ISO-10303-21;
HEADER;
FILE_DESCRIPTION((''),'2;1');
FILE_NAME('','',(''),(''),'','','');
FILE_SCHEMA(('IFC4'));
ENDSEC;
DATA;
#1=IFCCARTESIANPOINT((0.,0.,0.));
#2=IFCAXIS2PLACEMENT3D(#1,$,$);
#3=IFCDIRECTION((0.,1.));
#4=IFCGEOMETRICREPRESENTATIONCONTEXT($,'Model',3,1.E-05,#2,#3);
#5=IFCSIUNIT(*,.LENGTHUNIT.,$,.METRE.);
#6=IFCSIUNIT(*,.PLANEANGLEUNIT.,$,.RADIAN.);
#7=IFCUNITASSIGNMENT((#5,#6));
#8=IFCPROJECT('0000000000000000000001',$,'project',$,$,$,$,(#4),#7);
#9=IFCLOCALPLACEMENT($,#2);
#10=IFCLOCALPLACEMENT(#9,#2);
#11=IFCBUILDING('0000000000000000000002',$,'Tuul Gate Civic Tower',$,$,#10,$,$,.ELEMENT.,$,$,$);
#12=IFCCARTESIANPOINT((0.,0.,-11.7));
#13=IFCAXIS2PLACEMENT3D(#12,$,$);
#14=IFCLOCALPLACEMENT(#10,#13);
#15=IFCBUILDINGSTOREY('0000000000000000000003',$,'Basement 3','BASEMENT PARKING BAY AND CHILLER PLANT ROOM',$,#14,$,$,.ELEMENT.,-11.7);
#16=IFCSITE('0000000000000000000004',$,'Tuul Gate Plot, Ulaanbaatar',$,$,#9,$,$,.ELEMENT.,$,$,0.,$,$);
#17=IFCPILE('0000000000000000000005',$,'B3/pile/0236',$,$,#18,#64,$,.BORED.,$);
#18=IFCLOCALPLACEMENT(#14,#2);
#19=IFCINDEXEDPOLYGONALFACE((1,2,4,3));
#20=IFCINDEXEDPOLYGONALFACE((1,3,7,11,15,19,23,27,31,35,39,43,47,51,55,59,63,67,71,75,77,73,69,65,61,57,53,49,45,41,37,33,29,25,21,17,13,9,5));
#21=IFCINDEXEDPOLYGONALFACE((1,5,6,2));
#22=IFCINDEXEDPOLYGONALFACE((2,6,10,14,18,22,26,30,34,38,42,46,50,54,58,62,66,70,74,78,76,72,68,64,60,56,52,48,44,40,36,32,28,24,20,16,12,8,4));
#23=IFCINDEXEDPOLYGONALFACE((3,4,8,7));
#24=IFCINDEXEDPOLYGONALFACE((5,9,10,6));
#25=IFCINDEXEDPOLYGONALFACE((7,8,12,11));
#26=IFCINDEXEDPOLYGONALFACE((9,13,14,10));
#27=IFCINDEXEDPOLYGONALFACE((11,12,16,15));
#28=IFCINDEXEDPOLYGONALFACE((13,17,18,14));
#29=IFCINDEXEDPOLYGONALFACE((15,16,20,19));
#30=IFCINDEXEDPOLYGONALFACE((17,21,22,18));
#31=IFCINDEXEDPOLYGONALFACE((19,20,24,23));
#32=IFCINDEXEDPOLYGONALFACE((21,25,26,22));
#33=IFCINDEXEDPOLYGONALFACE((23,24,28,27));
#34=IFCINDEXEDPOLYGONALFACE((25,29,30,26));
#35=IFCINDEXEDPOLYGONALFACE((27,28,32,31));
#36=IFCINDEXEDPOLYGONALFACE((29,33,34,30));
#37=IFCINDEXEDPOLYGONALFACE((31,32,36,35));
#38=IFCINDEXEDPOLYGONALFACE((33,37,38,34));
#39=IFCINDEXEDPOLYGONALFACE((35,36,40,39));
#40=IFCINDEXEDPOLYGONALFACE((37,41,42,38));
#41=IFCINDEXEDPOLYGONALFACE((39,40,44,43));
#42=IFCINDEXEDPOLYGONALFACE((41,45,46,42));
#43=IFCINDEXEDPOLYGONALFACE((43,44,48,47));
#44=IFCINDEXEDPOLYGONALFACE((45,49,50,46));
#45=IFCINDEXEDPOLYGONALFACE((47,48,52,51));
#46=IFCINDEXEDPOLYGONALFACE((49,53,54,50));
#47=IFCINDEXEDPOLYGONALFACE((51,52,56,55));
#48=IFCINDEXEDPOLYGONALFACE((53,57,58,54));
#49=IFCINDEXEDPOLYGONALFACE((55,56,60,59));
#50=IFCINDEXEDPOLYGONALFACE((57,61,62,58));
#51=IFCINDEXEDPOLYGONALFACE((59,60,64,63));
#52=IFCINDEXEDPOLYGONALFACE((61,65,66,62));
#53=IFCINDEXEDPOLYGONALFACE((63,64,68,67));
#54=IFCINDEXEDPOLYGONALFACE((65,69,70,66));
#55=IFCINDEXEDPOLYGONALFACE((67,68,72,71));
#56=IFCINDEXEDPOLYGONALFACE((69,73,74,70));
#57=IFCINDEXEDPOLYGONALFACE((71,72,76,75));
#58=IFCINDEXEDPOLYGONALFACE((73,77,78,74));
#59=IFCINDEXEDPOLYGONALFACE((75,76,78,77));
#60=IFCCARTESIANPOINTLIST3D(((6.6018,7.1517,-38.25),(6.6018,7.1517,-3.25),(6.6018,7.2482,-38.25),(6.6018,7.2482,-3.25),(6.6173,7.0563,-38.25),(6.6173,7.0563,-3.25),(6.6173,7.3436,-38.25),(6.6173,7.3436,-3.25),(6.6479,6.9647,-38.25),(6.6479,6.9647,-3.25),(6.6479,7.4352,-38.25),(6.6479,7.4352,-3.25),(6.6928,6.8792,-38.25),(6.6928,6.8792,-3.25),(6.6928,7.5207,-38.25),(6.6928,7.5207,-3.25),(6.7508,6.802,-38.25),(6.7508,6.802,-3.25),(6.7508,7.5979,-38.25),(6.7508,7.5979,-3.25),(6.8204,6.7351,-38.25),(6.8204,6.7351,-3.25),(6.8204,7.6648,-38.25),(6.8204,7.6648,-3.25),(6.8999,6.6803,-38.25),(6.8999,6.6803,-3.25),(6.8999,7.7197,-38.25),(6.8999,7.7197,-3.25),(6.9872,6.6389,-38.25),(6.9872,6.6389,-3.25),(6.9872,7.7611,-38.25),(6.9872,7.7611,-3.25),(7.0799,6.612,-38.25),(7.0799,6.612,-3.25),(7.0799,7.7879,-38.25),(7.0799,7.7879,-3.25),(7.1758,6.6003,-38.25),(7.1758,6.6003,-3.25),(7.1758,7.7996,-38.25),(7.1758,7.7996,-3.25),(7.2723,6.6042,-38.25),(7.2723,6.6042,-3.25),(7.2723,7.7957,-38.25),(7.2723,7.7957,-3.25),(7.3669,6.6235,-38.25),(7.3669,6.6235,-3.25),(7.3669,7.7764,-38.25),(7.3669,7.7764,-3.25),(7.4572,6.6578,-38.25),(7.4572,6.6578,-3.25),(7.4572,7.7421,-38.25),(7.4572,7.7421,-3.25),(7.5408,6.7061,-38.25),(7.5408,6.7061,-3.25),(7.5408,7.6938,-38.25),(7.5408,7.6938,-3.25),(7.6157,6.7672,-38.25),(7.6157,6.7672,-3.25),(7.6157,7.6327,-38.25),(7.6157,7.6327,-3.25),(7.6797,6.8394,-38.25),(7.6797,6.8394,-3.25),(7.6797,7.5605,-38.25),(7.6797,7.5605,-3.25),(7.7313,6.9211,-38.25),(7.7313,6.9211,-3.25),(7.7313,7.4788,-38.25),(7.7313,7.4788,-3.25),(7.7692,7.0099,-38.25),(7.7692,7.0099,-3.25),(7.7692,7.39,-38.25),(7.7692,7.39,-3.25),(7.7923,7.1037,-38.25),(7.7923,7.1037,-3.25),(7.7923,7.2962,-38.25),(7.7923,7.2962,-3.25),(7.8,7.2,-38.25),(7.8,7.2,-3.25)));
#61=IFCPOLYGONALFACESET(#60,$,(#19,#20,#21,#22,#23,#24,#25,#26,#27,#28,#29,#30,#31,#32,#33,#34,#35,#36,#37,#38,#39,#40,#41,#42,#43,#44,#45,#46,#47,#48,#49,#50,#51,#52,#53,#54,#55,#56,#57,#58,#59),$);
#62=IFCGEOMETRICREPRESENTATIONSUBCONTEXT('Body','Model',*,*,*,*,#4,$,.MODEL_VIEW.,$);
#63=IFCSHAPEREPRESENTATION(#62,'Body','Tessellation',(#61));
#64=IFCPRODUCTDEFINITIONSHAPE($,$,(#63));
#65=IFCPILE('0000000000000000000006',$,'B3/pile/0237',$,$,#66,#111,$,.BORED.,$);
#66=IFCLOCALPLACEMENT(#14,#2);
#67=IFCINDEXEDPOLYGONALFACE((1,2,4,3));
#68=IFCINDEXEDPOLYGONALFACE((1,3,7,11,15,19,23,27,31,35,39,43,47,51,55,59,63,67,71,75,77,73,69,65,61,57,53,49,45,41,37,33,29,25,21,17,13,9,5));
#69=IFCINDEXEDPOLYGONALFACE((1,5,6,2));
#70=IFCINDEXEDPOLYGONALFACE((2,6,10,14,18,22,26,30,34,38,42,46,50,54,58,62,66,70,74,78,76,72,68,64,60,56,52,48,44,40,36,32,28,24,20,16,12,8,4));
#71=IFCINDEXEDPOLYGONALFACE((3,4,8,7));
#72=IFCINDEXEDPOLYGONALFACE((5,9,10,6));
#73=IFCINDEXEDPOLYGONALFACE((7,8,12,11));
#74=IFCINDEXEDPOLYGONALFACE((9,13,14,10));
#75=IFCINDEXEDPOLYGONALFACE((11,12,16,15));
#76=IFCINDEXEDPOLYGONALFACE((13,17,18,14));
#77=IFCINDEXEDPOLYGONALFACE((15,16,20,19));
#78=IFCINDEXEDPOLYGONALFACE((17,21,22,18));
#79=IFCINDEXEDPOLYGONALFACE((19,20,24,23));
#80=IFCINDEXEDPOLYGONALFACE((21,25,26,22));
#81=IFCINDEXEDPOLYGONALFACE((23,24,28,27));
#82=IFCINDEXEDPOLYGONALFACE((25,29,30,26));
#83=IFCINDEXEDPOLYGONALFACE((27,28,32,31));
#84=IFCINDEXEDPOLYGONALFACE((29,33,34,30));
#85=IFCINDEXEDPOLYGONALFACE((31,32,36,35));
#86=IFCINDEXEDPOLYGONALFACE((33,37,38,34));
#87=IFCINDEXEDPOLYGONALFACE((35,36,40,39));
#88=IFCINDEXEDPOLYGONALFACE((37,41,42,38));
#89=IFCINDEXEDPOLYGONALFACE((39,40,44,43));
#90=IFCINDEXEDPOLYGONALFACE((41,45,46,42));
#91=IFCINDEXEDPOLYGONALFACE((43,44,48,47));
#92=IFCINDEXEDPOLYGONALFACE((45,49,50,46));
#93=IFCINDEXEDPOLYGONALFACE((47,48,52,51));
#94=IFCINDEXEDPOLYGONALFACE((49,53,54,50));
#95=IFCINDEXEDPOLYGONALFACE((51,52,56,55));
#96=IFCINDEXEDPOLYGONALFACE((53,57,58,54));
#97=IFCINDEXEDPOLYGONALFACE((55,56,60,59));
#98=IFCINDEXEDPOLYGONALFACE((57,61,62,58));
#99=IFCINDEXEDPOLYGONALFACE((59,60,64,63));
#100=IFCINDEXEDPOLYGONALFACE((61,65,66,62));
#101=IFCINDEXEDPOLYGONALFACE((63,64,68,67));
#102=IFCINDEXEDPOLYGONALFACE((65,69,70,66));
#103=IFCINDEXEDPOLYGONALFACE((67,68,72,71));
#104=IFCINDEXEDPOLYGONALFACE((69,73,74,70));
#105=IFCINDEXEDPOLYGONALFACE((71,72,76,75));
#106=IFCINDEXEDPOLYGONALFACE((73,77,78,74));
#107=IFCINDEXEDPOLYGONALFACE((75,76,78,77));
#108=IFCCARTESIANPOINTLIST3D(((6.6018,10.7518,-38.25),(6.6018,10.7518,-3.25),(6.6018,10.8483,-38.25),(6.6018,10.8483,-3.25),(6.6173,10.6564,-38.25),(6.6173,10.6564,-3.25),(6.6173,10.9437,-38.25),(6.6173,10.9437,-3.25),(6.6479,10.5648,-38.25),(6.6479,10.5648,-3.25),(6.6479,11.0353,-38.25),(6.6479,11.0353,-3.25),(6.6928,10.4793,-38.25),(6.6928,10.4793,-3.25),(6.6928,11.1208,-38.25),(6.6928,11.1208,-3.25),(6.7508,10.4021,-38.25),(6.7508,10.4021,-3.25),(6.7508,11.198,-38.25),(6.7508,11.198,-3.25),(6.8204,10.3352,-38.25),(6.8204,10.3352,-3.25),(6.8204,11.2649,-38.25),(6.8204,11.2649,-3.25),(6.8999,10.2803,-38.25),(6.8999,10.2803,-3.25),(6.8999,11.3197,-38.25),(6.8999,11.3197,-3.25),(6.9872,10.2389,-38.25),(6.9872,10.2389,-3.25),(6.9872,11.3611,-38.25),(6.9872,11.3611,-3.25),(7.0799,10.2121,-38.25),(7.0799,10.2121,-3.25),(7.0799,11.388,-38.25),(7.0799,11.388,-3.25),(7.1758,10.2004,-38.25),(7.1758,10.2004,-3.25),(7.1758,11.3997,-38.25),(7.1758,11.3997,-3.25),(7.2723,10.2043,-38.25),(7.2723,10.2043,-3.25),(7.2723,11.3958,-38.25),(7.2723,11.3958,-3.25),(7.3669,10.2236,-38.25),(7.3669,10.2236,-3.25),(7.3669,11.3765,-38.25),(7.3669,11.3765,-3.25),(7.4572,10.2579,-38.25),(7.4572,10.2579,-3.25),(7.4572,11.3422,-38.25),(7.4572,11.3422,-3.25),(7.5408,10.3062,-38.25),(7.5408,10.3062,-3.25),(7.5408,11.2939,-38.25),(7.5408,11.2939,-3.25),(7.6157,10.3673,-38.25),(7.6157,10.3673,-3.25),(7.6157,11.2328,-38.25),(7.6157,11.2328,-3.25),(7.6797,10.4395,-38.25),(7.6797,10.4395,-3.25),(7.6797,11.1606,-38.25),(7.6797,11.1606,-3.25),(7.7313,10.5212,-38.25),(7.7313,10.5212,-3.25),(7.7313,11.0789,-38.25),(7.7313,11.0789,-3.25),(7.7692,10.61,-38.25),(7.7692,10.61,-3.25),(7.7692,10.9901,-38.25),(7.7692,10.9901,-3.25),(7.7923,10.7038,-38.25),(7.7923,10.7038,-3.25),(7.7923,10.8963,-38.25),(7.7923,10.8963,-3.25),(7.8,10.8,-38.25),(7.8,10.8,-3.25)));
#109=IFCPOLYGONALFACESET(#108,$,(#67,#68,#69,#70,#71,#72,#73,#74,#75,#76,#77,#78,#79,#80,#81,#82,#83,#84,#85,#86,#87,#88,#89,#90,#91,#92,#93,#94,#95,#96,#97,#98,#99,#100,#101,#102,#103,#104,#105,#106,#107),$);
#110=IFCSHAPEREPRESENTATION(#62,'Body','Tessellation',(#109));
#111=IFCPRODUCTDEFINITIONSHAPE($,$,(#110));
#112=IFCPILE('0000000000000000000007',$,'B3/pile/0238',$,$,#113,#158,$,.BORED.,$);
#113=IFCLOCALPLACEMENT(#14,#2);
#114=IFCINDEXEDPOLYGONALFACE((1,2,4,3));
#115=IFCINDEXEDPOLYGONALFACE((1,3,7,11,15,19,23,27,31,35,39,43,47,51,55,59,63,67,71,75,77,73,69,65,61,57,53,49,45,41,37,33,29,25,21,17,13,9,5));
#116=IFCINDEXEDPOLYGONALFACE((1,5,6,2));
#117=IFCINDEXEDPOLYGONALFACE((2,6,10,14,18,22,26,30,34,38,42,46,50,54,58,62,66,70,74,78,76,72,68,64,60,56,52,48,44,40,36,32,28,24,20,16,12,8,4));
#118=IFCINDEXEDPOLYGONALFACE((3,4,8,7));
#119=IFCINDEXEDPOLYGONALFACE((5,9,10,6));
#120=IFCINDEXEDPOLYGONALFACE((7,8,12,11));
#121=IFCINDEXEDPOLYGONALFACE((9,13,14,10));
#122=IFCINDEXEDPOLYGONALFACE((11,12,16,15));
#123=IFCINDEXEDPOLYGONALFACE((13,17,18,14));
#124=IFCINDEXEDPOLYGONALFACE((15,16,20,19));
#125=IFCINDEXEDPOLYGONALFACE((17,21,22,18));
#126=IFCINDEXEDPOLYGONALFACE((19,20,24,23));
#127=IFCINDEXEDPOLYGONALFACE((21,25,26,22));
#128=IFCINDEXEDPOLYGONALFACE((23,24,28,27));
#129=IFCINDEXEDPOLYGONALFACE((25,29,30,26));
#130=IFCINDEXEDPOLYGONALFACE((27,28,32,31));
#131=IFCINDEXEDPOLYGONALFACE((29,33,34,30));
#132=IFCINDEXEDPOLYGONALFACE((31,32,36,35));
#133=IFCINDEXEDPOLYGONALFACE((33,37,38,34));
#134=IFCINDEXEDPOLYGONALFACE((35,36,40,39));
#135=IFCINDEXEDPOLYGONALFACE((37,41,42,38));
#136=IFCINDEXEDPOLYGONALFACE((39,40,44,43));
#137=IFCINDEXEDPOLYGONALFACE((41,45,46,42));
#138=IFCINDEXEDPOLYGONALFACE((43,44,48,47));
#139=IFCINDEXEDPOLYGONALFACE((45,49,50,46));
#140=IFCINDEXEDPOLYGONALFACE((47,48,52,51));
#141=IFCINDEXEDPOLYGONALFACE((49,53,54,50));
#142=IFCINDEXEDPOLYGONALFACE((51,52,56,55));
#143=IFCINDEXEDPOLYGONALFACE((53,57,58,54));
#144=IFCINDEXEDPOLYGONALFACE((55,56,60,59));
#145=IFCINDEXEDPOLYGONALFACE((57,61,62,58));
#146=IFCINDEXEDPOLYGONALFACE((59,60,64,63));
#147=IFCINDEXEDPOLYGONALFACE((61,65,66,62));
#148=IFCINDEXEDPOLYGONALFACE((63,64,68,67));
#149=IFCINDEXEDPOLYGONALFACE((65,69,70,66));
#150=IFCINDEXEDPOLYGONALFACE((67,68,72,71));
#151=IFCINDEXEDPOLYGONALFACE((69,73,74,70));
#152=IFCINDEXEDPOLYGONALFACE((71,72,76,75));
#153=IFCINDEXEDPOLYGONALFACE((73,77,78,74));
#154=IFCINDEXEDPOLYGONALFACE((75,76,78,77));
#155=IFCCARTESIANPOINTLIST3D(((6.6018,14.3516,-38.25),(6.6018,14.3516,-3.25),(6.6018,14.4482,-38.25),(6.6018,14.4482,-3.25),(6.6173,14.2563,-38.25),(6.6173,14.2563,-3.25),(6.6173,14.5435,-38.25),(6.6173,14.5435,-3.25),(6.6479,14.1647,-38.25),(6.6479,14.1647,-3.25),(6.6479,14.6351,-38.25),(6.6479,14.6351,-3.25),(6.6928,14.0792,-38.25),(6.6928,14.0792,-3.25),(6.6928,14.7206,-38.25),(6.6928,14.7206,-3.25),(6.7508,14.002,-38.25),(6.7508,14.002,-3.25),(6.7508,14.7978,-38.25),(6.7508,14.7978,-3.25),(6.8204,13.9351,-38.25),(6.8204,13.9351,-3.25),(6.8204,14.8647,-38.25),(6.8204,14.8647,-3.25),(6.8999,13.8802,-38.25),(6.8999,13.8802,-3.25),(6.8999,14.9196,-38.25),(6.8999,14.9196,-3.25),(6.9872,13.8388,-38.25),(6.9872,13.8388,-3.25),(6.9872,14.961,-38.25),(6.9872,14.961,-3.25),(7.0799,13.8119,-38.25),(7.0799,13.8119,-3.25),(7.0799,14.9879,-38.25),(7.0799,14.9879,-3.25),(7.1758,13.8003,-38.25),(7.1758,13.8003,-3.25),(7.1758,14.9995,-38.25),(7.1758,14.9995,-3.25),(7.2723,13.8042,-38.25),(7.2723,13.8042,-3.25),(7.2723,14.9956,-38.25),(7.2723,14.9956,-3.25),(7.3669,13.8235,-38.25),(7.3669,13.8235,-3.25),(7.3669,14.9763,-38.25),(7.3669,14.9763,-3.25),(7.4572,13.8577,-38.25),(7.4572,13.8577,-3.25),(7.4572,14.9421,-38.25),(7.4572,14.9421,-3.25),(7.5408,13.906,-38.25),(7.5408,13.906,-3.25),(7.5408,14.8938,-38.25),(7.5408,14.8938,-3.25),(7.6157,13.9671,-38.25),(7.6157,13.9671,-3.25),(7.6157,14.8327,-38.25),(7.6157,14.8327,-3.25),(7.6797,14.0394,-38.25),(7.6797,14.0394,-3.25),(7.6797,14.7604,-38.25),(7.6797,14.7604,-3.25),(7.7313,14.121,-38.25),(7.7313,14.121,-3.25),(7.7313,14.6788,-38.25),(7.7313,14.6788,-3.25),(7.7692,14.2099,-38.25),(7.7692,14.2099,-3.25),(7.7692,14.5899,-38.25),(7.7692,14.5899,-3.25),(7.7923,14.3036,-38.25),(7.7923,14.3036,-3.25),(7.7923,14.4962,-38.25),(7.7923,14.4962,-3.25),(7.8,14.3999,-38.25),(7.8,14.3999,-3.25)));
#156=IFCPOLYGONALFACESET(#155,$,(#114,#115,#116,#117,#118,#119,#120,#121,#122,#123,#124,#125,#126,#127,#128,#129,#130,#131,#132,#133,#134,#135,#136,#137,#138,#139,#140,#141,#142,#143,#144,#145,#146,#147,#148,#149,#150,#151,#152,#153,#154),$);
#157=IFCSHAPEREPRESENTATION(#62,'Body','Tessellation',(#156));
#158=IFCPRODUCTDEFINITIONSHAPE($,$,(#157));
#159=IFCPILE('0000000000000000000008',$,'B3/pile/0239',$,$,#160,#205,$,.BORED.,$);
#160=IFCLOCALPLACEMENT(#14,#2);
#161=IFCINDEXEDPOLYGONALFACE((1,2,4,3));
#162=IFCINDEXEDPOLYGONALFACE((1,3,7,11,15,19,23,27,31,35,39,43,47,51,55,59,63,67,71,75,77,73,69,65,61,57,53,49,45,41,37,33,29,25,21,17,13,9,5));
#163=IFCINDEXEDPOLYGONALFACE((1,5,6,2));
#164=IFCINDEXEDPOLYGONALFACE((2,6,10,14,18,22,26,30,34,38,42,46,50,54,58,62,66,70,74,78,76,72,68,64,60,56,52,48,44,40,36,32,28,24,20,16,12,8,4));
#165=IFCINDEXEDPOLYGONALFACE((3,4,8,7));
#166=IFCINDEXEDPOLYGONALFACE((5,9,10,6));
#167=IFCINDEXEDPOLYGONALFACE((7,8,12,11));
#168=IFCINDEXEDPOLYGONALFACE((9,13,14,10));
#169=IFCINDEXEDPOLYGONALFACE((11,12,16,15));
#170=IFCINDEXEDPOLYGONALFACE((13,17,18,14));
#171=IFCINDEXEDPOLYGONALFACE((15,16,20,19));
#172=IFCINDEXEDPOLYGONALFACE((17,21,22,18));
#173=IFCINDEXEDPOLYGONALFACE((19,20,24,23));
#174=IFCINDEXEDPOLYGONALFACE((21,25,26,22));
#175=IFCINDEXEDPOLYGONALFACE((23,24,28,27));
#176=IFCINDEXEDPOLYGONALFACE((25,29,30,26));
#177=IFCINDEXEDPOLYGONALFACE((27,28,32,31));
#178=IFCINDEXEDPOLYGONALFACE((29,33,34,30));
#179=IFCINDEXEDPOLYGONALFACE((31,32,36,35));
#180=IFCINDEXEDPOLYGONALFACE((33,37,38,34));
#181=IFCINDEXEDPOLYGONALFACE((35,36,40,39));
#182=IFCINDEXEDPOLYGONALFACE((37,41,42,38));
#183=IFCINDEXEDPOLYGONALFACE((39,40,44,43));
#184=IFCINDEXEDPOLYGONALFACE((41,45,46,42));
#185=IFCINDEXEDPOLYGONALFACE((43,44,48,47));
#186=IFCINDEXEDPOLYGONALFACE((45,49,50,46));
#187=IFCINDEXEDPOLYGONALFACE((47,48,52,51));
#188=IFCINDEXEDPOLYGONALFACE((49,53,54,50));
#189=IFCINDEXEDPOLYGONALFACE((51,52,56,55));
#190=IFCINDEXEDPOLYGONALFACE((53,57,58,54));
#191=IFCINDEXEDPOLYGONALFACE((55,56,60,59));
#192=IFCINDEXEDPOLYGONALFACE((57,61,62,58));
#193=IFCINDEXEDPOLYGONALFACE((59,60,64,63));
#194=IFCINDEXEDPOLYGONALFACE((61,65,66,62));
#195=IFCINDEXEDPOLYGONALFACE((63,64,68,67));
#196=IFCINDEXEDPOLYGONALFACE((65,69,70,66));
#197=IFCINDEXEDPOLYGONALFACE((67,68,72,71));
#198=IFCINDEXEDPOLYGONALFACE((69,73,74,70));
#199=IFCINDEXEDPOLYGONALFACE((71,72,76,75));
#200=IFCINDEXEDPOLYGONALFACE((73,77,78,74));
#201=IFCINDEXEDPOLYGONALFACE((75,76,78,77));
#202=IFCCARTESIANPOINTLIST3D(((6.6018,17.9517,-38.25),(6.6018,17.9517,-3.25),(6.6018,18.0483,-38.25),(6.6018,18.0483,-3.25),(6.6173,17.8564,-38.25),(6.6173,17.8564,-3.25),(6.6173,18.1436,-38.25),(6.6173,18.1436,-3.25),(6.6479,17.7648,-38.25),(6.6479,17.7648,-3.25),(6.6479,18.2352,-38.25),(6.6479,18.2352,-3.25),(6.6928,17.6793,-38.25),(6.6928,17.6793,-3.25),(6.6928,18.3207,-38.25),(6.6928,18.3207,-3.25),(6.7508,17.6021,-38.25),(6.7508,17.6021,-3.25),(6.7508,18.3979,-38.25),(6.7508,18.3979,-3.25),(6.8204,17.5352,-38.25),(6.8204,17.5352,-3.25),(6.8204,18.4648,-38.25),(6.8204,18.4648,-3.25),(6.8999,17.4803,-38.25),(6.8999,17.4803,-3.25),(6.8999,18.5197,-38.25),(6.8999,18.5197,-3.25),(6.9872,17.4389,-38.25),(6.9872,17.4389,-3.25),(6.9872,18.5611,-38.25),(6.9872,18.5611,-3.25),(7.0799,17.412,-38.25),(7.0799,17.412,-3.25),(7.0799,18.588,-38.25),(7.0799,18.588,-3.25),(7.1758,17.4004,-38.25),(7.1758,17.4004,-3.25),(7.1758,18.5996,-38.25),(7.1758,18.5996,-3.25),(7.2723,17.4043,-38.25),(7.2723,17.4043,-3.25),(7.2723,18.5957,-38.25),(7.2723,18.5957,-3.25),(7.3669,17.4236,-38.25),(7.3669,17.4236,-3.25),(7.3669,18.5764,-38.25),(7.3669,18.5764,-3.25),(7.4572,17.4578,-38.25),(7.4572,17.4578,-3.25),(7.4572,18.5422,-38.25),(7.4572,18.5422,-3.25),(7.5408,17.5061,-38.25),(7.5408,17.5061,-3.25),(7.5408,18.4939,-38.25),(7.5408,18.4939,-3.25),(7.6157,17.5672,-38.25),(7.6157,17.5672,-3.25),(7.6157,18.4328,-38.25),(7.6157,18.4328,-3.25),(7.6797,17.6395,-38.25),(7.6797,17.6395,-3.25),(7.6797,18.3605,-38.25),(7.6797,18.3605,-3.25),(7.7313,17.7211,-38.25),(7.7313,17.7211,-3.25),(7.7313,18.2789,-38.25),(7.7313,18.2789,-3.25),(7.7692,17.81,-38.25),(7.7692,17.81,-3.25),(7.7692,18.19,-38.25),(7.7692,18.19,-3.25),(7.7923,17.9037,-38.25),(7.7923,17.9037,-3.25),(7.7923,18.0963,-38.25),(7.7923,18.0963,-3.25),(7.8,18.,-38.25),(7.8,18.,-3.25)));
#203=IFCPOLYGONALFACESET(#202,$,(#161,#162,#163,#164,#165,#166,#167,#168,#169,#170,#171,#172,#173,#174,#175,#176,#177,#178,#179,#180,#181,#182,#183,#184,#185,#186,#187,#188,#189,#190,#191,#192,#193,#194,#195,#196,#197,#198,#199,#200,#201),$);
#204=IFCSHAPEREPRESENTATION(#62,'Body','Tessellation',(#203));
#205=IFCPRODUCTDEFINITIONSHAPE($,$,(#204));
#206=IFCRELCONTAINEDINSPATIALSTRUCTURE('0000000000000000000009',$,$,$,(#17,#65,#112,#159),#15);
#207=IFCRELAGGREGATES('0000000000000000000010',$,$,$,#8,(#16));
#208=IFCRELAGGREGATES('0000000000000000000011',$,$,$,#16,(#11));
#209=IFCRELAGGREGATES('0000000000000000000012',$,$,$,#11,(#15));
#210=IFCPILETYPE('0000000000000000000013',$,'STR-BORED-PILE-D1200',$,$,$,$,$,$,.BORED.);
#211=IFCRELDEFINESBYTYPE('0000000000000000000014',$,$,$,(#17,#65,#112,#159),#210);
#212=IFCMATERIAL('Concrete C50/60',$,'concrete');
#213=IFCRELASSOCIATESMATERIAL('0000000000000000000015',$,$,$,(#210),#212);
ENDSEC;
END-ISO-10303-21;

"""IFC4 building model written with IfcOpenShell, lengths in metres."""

from ifc_helpers import new_model, si_unit, direction, frame, origin, origin_2d, place, context, subcontext, project, spatial, circle, extrude, material, material_profile, profile_set, type_object, element, save


model = new_model("IFC4")

# Units and contexts
model_context = context("Model", 3, precision=1e-05, world=origin(), true_north=direction((0.0, 1.0)))
body_context = subcontext(model_context, "Body", "Model", "MODEL_VIEW")
ifc_project = project(units=[si_unit("LENGTHUNIT", "METRE"), si_unit("PLANEANGLEUNIT", "RADIAN")], contexts=[model_context])

# Site, building, storey
site_placement = place(None, origin())
site = spatial("IfcSite", under=ifc_project, at=site_placement, Name="Tuul Gate Plot, Ulaanbaatar", CompositionType="ELEMENT", RefElevation=0.0)
building_placement = place(site_placement, origin())
building = spatial("IfcBuilding", under=site, at=building_placement, Name="Tuul Gate Civic Tower", CompositionType="ELEMENT")
storey_placement = place(building_placement, frame((0.0, 0.0, -11.7)))
storey = spatial("IfcBuildingStorey", under=building, at=storey_placement, Name="Basement 3", Description="BASEMENT PARKING BAY AND CHILLER PLANT ROOM", CompositionType="ELEMENT", Elevation=-11.7)

# Piles
ifc_material_1 = material(Name="Concrete C50/60", Category="concrete")
ifc_material_profile_1 = material_profile(ifc_material_1, circle(Radius=0.6001, at=origin_2d()), Name="PILE1200")
ifc_profile_set_1 = profile_set([ifc_material_profile_1], Name="Concrete C50/60")
pile_type = type_object("IfcPileType", Name="STR-BORED-PILE-D1200", PredefinedType="BORED", material=ifc_profile_set_1)
for number, where, z_axis, x_axis, name in (
    (1, (7.2, 7.2, -3.25), (0.0, 0.0, -1.0), (1.0, 0.0, 0.0), "B3/pile/0236"),
    (2, (7.2, 10.8, -3.25), (0.0, 0.0, -1.0), (1.0, 0.0, 0.0), "B3/pile/0237"),
    (3, (7.2, 14.3999, -3.25), (0.0, 0.0, -1.0), (1.0, 0.0, 0.0), "B3/pile/0238"),
    (4, (7.2, 18.0, -3.25), (0.0, 0.0, -1.0), (1.0, 0.0, 0.0), "B3/pile/0239"),
):
    element("IfcPile", number, at=place(storey_placement, frame(where, z_axis=z_axis, x_axis=x_axis)), inside=storey, type_object=pile_type, Name=name, PredefinedType="BORED", context=body_context, shape_type="SweptSolid", body=[
        extrude(circle(Radius=0.6001, at=origin_2d()), origin(), (0.0, 0.0, 1.0), 35.0),
    ])

save(model, "model.ifc")
